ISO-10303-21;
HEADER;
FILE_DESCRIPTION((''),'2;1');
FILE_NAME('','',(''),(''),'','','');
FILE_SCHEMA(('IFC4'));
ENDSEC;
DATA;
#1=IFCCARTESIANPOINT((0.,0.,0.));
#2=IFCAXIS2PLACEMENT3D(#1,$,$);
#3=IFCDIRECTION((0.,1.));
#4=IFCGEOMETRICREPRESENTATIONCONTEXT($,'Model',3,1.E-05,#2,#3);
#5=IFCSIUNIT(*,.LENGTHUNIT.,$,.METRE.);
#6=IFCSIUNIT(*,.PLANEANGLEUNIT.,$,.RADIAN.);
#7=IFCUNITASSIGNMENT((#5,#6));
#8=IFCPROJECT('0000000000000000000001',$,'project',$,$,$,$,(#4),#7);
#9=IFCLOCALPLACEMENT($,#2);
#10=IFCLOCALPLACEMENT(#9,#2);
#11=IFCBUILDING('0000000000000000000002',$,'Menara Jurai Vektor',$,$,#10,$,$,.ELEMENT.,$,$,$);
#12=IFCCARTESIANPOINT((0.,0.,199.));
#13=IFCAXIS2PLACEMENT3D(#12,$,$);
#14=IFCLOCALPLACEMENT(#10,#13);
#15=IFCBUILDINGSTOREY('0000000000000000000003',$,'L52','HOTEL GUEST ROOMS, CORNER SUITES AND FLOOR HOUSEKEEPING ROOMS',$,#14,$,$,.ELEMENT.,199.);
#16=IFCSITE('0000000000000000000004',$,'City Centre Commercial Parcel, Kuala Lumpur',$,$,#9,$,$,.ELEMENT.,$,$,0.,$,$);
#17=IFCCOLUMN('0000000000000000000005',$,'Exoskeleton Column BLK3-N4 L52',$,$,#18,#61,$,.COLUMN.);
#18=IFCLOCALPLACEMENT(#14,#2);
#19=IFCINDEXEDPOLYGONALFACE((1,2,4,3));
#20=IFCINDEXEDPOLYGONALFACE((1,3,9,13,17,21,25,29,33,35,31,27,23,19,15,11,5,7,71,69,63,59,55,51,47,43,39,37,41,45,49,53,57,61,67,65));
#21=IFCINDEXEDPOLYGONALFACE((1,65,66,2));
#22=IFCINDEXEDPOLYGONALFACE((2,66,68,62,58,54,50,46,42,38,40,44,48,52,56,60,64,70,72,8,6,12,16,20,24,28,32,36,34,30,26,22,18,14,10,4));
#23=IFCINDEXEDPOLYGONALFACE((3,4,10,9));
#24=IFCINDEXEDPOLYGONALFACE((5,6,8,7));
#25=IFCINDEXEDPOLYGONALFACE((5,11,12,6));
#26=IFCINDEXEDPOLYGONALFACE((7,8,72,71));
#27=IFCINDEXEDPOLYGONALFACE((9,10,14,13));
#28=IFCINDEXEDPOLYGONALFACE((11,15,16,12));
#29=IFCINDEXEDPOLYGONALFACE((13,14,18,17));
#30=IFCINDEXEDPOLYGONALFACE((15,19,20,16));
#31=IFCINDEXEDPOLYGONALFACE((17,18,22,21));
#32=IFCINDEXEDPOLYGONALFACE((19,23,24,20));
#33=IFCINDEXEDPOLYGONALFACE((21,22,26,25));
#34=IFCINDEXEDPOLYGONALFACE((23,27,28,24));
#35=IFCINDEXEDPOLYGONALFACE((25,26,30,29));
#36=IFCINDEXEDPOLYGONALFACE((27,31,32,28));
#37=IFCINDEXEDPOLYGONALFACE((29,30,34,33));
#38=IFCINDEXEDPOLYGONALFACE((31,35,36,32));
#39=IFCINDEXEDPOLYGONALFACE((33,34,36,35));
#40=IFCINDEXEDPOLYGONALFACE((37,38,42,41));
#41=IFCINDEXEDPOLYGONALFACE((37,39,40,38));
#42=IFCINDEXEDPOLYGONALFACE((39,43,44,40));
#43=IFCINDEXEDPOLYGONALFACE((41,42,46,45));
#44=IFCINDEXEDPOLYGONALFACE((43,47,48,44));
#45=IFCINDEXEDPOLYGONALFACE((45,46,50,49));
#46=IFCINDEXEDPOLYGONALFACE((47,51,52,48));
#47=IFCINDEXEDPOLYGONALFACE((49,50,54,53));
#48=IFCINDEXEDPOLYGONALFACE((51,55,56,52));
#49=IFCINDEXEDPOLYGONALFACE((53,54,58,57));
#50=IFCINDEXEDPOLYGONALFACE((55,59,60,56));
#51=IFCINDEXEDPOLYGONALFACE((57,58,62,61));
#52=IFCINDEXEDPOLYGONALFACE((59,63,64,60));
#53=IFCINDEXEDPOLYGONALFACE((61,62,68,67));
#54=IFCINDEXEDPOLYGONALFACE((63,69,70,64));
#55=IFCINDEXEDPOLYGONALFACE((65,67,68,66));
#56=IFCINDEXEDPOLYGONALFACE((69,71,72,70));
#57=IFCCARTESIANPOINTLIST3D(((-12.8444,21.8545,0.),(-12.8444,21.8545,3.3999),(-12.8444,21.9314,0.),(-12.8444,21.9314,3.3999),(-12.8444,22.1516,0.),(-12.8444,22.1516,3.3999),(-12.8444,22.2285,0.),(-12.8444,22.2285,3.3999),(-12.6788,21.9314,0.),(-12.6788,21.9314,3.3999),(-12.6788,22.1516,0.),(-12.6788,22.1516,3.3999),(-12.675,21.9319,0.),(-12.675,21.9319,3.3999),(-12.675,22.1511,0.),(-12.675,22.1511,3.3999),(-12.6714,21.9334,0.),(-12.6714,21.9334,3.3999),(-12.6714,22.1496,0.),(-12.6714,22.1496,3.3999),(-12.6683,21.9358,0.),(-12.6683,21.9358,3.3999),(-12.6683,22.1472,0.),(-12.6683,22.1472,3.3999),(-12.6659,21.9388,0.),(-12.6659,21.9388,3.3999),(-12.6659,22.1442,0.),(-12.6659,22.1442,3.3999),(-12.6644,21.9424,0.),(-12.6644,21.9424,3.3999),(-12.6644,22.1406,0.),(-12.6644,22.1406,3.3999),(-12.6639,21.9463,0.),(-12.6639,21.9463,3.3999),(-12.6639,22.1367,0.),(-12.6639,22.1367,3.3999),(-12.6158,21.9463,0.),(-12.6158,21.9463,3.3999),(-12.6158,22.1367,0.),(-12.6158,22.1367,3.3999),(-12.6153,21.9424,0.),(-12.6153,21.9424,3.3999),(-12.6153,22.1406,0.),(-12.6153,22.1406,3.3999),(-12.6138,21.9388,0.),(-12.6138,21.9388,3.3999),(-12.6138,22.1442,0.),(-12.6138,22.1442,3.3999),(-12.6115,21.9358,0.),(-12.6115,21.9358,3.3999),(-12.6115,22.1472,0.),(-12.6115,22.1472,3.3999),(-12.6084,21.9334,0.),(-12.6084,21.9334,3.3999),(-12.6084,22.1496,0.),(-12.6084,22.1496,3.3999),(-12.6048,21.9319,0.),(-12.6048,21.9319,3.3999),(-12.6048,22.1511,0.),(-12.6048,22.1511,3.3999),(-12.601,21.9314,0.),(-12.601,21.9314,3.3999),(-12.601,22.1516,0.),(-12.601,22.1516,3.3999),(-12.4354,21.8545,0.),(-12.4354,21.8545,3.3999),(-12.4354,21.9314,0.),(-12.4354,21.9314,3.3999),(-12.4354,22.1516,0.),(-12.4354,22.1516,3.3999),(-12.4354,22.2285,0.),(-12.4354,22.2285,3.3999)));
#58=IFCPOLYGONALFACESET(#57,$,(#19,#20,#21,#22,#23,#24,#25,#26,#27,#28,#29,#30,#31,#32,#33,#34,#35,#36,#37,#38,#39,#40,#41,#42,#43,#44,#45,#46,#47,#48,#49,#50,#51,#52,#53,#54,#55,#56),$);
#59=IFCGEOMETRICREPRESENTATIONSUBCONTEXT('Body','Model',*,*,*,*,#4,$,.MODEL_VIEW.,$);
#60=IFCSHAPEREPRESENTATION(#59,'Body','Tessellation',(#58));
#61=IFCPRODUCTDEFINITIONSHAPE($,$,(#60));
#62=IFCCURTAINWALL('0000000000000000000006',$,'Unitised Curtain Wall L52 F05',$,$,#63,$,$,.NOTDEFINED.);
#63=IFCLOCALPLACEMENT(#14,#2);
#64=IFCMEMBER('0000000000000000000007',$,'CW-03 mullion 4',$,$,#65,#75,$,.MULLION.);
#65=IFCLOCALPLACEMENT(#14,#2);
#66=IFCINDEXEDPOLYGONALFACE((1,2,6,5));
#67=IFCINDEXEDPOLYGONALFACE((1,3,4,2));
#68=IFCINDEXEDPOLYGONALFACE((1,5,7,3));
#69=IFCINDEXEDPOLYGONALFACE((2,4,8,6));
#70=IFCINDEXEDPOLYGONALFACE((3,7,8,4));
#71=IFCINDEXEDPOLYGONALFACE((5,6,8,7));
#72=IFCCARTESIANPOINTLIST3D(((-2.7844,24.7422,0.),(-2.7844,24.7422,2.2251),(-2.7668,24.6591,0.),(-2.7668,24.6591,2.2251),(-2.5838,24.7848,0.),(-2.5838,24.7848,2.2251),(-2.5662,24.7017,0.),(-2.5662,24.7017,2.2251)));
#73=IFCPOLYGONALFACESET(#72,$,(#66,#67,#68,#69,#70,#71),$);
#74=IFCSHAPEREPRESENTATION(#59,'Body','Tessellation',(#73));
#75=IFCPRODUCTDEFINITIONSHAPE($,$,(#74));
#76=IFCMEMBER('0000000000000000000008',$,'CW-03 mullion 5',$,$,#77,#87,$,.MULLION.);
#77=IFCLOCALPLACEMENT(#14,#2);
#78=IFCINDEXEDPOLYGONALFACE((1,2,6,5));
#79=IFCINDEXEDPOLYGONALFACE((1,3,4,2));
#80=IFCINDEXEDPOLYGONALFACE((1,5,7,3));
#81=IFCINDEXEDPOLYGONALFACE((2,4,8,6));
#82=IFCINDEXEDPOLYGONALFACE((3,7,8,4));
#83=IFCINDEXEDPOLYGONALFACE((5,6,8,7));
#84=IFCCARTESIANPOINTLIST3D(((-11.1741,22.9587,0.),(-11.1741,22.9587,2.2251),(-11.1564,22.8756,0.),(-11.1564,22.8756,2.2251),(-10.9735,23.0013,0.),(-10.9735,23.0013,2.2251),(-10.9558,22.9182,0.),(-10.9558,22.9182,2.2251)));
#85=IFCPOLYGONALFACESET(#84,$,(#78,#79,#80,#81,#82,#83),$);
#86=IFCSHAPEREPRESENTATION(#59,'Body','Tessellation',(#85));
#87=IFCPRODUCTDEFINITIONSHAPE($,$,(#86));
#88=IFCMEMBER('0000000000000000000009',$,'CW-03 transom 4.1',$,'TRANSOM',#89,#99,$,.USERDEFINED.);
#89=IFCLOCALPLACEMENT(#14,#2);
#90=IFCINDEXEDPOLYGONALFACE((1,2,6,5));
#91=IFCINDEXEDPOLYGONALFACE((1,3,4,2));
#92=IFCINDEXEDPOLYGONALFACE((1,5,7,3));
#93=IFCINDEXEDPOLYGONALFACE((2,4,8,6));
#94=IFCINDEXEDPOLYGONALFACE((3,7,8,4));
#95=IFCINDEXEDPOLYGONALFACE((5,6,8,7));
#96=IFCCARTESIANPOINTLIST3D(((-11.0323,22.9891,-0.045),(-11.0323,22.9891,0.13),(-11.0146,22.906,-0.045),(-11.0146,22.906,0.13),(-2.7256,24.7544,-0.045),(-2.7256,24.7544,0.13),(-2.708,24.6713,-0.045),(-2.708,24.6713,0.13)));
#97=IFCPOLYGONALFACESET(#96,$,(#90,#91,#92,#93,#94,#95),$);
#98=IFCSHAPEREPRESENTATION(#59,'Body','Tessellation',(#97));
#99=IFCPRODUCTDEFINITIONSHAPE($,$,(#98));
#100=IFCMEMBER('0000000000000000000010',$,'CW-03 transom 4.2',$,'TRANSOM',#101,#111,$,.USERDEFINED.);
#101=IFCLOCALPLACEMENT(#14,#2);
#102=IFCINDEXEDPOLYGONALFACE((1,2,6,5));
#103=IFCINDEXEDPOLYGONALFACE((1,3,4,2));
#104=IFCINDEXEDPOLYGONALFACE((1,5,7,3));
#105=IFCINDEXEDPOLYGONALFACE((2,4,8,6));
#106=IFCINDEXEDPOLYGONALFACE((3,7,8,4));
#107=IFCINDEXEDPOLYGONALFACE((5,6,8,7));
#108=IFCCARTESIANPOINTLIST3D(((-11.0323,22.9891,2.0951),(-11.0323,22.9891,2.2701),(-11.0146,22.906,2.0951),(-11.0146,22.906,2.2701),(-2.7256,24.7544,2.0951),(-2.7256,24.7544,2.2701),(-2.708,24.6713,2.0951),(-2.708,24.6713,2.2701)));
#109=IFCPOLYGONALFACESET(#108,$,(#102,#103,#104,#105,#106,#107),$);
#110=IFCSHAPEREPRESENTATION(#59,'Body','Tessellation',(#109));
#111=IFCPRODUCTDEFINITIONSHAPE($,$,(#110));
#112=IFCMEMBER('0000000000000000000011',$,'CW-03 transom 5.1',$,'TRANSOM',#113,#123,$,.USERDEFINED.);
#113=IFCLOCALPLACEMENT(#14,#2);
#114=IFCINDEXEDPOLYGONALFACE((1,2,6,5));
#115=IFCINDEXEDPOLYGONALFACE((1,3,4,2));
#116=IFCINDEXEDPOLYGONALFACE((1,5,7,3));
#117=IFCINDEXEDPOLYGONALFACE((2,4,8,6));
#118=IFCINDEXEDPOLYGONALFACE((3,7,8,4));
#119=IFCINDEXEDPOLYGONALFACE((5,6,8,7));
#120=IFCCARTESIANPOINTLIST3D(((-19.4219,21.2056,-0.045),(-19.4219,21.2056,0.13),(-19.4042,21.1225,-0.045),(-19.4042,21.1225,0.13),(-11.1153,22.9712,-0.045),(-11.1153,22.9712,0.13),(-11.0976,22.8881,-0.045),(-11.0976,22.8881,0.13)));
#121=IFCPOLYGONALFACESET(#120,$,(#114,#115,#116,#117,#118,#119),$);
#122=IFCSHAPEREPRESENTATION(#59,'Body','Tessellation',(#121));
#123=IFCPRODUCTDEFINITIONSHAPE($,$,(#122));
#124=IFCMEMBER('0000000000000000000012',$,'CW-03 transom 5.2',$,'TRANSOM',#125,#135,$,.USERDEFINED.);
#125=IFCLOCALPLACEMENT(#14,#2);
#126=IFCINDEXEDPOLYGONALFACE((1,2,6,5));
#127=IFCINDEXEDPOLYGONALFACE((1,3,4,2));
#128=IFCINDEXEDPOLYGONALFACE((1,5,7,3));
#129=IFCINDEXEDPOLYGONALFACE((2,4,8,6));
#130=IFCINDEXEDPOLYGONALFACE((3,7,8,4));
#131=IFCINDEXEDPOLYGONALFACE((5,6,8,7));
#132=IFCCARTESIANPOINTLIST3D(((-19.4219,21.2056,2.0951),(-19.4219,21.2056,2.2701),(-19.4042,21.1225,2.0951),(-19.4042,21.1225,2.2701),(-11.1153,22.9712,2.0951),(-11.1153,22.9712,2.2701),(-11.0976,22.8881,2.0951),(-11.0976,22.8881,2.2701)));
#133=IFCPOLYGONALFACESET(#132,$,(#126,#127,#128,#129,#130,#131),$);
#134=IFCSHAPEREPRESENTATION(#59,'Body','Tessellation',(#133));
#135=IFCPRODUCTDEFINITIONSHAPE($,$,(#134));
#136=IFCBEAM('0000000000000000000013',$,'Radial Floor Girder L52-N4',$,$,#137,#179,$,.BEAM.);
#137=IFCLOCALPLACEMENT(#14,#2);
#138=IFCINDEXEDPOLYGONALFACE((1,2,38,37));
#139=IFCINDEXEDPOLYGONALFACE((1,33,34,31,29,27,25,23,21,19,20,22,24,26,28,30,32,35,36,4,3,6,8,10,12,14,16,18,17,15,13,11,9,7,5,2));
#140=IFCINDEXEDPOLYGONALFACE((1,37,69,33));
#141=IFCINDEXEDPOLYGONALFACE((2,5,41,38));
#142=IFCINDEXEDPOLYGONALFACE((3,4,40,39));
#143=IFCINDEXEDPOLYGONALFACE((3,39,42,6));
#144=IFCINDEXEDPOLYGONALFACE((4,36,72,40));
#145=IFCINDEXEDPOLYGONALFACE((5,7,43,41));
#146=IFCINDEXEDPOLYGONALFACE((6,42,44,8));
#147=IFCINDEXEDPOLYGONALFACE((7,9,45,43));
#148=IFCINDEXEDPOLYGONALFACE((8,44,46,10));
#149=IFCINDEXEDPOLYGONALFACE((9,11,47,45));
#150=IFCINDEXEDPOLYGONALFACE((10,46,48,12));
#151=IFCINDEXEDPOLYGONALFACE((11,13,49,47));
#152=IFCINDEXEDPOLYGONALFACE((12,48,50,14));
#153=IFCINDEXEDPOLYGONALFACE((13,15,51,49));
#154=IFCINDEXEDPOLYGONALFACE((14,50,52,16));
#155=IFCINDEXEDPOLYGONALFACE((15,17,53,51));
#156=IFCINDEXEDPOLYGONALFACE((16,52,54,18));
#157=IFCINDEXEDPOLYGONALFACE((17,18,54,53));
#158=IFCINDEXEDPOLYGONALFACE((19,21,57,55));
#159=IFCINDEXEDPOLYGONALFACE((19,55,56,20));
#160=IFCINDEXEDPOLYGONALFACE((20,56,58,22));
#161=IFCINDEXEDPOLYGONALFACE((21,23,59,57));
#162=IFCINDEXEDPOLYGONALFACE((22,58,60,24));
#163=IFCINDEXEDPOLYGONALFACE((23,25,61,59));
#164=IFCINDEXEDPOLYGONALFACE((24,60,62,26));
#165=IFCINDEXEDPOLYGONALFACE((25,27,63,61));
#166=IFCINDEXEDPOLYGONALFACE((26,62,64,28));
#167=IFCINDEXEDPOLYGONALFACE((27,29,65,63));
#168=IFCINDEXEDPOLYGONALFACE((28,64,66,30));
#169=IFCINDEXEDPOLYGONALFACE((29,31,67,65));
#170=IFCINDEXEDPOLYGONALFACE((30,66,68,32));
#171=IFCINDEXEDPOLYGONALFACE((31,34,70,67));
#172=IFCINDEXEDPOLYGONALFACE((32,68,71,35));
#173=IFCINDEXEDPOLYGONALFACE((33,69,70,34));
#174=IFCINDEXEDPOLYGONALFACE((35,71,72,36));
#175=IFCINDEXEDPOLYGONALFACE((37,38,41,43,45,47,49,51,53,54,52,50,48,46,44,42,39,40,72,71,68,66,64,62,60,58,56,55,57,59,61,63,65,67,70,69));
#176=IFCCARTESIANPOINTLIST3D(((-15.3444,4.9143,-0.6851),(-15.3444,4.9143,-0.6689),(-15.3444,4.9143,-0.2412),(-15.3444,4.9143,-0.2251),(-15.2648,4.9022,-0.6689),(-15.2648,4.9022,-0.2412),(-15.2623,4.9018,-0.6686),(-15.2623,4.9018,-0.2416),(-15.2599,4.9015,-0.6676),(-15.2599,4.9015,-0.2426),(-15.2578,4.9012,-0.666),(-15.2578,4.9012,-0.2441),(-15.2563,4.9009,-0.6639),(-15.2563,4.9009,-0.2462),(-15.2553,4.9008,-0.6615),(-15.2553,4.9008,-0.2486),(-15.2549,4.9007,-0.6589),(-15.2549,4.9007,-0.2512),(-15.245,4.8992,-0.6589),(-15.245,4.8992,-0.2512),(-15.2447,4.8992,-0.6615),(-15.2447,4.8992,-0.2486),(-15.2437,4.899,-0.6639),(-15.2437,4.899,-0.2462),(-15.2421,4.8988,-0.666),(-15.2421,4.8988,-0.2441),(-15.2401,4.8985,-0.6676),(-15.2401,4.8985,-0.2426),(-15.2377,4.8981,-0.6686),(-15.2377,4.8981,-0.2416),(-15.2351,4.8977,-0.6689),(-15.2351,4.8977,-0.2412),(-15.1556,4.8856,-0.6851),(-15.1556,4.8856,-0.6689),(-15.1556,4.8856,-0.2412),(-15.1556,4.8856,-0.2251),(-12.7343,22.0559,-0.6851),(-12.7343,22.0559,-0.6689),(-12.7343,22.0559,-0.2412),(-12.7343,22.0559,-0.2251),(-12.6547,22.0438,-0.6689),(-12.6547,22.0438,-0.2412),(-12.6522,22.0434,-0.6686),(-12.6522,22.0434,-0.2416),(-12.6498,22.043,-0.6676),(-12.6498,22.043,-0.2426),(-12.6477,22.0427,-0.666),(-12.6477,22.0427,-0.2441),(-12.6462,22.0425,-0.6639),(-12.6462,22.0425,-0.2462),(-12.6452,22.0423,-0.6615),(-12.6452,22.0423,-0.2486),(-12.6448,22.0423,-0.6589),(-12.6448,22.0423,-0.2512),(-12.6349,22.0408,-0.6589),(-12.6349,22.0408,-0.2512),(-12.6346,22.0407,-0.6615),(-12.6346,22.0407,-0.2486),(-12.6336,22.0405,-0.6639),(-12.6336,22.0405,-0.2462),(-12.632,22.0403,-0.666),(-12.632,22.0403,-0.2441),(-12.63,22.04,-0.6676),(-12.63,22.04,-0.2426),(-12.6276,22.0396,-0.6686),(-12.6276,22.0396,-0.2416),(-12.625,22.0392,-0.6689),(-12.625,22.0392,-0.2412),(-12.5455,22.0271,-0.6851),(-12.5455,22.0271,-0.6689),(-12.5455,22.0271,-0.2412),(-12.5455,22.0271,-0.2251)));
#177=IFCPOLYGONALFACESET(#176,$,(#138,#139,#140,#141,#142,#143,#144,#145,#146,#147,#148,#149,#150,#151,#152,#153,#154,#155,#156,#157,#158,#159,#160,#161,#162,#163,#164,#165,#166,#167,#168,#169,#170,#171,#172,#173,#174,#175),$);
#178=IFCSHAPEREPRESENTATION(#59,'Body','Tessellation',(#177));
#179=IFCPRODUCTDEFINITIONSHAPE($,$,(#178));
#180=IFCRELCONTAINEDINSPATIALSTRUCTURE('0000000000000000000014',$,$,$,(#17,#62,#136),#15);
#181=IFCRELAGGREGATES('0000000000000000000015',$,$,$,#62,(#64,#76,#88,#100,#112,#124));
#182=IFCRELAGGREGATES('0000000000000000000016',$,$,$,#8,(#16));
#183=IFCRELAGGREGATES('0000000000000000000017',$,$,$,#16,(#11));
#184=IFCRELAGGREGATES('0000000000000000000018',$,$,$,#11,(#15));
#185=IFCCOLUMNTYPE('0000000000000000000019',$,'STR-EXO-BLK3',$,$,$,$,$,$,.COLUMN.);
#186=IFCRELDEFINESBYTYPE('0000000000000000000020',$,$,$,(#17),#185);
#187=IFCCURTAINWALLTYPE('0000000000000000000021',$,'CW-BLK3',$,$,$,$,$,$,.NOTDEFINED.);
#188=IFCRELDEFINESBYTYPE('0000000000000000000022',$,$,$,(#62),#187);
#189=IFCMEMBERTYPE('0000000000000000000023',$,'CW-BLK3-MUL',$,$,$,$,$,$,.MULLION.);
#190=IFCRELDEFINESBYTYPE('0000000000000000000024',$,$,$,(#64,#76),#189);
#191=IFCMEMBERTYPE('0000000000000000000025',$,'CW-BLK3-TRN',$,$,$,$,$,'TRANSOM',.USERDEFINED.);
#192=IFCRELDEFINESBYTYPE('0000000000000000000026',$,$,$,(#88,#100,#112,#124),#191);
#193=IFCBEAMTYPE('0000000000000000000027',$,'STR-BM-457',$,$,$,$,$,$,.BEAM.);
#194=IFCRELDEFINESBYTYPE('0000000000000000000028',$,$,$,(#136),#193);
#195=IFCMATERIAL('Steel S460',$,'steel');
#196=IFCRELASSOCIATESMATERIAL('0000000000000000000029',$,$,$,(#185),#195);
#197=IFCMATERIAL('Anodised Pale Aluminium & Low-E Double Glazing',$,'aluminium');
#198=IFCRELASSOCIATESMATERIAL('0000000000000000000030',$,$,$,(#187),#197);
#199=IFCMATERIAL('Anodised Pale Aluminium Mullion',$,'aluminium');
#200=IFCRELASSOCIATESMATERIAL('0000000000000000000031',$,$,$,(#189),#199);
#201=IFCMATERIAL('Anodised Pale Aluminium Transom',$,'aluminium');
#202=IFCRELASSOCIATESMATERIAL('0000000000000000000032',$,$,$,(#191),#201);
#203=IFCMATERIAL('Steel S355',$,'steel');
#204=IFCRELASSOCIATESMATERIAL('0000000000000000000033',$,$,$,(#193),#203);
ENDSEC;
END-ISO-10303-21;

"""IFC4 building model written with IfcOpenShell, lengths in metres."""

from ifc_helpers import new_model, si_unit, direction, frame, origin, origin_2d, place, context, subcontext, project, spatial, rectangle, i_section, extrude, material, material_profile, profile_set, type_object, element, aggregate, save


model = new_model("IFC4")

# Units and contexts
model_context = context("Model", 3, precision=1e-05, world=origin(), true_north=direction((0.0, 1.0)))
body_context = subcontext(model_context, "Body", "Model", "MODEL_VIEW")
ifc_project = project(units=[si_unit("LENGTHUNIT", "METRE"), si_unit("PLANEANGLEUNIT", "RADIAN")], contexts=[model_context])

# Site, building, storey
site_placement = place(None, origin())
site = spatial("IfcSite", under=ifc_project, at=site_placement, Name="City Centre Commercial Parcel, Kuala Lumpur", CompositionType="ELEMENT", RefElevation=0.0)
building_placement = place(site_placement, origin())
building = spatial("IfcBuilding", under=site, at=building_placement, Name="Menara Jurai Vektor", CompositionType="ELEMENT")
storey_placement = place(building_placement, frame((0.0, 0.0, 199.0)))
storey = spatial("IfcBuildingStorey", under=building, at=storey_placement, Name="L52", Description="HOTEL GUEST ROOMS, CORNER SUITES AND FLOOR HOUSEKEEPING ROOMS", CompositionType="ELEMENT", Elevation=199.0)

# Column
ifc_material_1 = material(Name="Steel S460", Category="steel")
ifc_material_profile_1 = material_profile(ifc_material_1, i_section(OverallWidth=0.4089, OverallDepth=0.374, WebThickness=0.0481, FlangeThickness=0.0769, FilletRadius=0.0149, at=origin_2d()), Name="HD 400x634")
ifc_profile_set_1 = profile_set([ifc_material_profile_1], Name="Steel S460")
column_type = type_object("IfcColumnType", Name="STR-EXO-BLK3", PredefinedType="COLUMN", material=ifc_profile_set_1)
column_placement = place(storey_placement, frame((-12.6399, 22.0415, 0.0), z_axis=(0.0, 0.0, 1.0), x_axis=(1.0, 0.0, 0.0)))
element("IfcColumn", 1, at=column_placement, inside=storey, type_object=column_type, Name="Exoskeleton Column BLK3-N4 L52", PredefinedType="COLUMN", context=body_context, shape_type="SweptSolid", body=[
    extrude(i_section(OverallWidth=0.4089, OverallDepth=0.374, WebThickness=0.0481, FlangeThickness=0.0769, FilletRadius=0.0149, at=origin_2d()), origin(), (0.0, 0.0, 1.0), 3.3999),
])

# Curtain wall, members
ifc_material_2 = material(Name="Anodised Pale Aluminium & Low-E Double Glazing", Category="aluminium")
curtain_wall_type = type_object("IfcCurtainWallType", Name="CW-BLK3", PredefinedType="NOTDEFINED", material=ifc_material_2)
curtain_wall_placement = place(storey_placement, origin())
curtain_wall = element("IfcCurtainWall", 2, at=curtain_wall_placement, inside=storey, type_object=curtain_wall_type, Name="Unitised Curtain Wall L52 F05", PredefinedType="NOTDEFINED")
ifc_material_3 = material(Name="Anodised Pale Aluminium Mullion", Category="aluminium")
ifc_material_profile_2 = material_profile(ifc_material_3, rectangle(XDim=0.085, YDim=0.2051, at=origin_2d()), Name="ALU MUL 85x205")
ifc_profile_set_2 = profile_set([ifc_material_profile_2], Name="Anodised Pale Aluminium Mullion")
member_type_1 = type_object("IfcMemberType", Name="CW-BLK3-MUL", PredefinedType="MULLION", material=ifc_profile_set_2)
member_1_placement = place(storey_placement, frame((-2.6753, 24.7219, 0.0), z_axis=(0.0, 0.0, 1.0), x_axis=(0.207911, -0.978148, 0.0)))
member_1 = element("IfcMember", 3, at=member_1_placement, type_object=member_type_1, Name="CW-03 mullion 4", PredefinedType="MULLION", context=body_context, shape_type="SweptSolid", body=[
    extrude(rectangle(XDim=0.085, YDim=0.2051, at=origin_2d()), origin(), (0.0, 0.0, 1.0), 2.2251),
])
member_2_placement = place(storey_placement, frame((-11.0649, 22.9385, 0.0), z_axis=(0.0, 0.0, 1.0), x_axis=(0.207911, -0.978148, 0.0)))
member_2 = element("IfcMember", 4, at=member_2_placement, type_object=member_type_1, Name="CW-03 mullion 5", PredefinedType="MULLION", context=body_context, shape_type="SweptSolid", body=[
    extrude(rectangle(XDim=0.085, YDim=0.2051, at=origin_2d()), origin(), (0.0, 0.0, 1.0), 2.2251),
])
ifc_material_4 = material(Name="Anodised Pale Aluminium Transom", Category="aluminium")
ifc_material_profile_3 = material_profile(ifc_material_4, rectangle(XDim=0.085, YDim=0.175, at=origin_2d()), Name="ALU TRN 85x175")
ifc_profile_set_3 = profile_set([ifc_material_profile_3], Name="Anodised Pale Aluminium Transom")
member_type_2 = type_object("IfcMemberType", Name="CW-BLK3-TRN", ElementType="TRANSOM", PredefinedType="USERDEFINED", material=ifc_profile_set_3)
member_3_placement = place(storey_placement, frame((-2.7168, 24.7129, 0.0425), z_axis=(-0.978154, -0.207884, 0.0), x_axis=(0.207884, -0.978154, 0.0)))
member_3 = element("IfcMember", 5, at=member_3_placement, type_object=member_type_2, Name="CW-03 transom 4.1", ObjectType="TRANSOM", PredefinedType="USERDEFINED", context=body_context, shape_type="SweptSolid", body=[
    extrude(rectangle(XDim=0.085, YDim=0.175, at=origin_2d()), origin(), (0.0, 0.0, 1.0), 8.4922),
])
member_4_placement = place(storey_placement, frame((-2.7168, 24.7129, 2.1826), z_axis=(-0.978154, -0.207884, 0.0), x_axis=(0.207884, -0.978154, 0.0)))
member_4 = element("IfcMember", 6, at=member_4_placement, type_object=member_type_2, Name="CW-03 transom 4.2", ObjectType="TRANSOM", PredefinedType="USERDEFINED", context=body_context, shape_type="SweptSolid", body=[
    extrude(rectangle(XDim=0.085, YDim=0.175, at=origin_2d()), origin(), (0.0, 0.0, 1.0), 8.4922),
])
member_5_placement = place(storey_placement, frame((-11.1064, 22.9297, 0.0425), z_axis=(-0.978148, -0.207911, 0.0), x_axis=(0.207911, -0.978148, 0.0)))
member_5 = element("IfcMember", 7, at=member_5_placement, type_object=member_type_2, Name="CW-03 transom 5.1", ObjectType="TRANSOM", PredefinedType="USERDEFINED", context=body_context, shape_type="SweptSolid", body=[
    extrude(rectangle(XDim=0.085, YDim=0.175, at=origin_2d()), origin(), (0.0, 0.0, 1.0), 8.4922),
])
member_6_placement = place(storey_placement, frame((-11.1064, 22.9297, 2.1826), z_axis=(-0.978148, -0.207911, 0.0), x_axis=(0.207911, -0.978148, 0.0)))
member_6 = element("IfcMember", 8, at=member_6_placement, type_object=member_type_2, Name="CW-03 transom 5.2", ObjectType="TRANSOM", PredefinedType="USERDEFINED", context=body_context, shape_type="SweptSolid", body=[
    extrude(rectangle(XDim=0.085, YDim=0.175, at=origin_2d()), origin(), (0.0, 0.0, 1.0), 8.4922),
])

# Beam
ifc_material_5 = material(Name="Steel S355", Category="steel")
ifc_material_profile_4 = material_profile(ifc_material_5, i_section(OverallWidth=0.1909, OverallDepth=0.46, WebThickness=0.01, FlangeThickness=0.0161, FilletRadius=0.01, at=origin_2d()), Name="UKB 457x191x82")
ifc_profile_set_4 = profile_set([ifc_material_profile_4], Name="Steel S355")
beam_type_1 = type_object("IfcBeamType", Name="STR-BM-457", PredefinedType="BEAM", material=ifc_profile_set_4)
beam_1_placement = place(storey_placement, frame((-12.6399, 22.0415, -0.4551), z_axis=(-0.150532, -0.988605, 0.0), x_axis=(0.988605, -0.150532, 0.0)))
element("IfcBeam", 9, at=beam_1_placement, inside=storey, type_object=beam_type_1, Name="Radial Floor Girder L52-N4", PredefinedType="BEAM", context=body_context, shape_type="SweptSolid", body=[
    extrude(i_section(OverallWidth=0.1909, OverallDepth=0.46, WebThickness=0.01, FlangeThickness=0.0161, FilletRadius=0.01, at=origin_2d()), origin(), (0.0, 0.0, 1.0), 17.3391),
])

aggregate(curtain_wall, [member_1, member_2, member_3, member_4, member_5, member_6])

save(model, "model.ifc")
